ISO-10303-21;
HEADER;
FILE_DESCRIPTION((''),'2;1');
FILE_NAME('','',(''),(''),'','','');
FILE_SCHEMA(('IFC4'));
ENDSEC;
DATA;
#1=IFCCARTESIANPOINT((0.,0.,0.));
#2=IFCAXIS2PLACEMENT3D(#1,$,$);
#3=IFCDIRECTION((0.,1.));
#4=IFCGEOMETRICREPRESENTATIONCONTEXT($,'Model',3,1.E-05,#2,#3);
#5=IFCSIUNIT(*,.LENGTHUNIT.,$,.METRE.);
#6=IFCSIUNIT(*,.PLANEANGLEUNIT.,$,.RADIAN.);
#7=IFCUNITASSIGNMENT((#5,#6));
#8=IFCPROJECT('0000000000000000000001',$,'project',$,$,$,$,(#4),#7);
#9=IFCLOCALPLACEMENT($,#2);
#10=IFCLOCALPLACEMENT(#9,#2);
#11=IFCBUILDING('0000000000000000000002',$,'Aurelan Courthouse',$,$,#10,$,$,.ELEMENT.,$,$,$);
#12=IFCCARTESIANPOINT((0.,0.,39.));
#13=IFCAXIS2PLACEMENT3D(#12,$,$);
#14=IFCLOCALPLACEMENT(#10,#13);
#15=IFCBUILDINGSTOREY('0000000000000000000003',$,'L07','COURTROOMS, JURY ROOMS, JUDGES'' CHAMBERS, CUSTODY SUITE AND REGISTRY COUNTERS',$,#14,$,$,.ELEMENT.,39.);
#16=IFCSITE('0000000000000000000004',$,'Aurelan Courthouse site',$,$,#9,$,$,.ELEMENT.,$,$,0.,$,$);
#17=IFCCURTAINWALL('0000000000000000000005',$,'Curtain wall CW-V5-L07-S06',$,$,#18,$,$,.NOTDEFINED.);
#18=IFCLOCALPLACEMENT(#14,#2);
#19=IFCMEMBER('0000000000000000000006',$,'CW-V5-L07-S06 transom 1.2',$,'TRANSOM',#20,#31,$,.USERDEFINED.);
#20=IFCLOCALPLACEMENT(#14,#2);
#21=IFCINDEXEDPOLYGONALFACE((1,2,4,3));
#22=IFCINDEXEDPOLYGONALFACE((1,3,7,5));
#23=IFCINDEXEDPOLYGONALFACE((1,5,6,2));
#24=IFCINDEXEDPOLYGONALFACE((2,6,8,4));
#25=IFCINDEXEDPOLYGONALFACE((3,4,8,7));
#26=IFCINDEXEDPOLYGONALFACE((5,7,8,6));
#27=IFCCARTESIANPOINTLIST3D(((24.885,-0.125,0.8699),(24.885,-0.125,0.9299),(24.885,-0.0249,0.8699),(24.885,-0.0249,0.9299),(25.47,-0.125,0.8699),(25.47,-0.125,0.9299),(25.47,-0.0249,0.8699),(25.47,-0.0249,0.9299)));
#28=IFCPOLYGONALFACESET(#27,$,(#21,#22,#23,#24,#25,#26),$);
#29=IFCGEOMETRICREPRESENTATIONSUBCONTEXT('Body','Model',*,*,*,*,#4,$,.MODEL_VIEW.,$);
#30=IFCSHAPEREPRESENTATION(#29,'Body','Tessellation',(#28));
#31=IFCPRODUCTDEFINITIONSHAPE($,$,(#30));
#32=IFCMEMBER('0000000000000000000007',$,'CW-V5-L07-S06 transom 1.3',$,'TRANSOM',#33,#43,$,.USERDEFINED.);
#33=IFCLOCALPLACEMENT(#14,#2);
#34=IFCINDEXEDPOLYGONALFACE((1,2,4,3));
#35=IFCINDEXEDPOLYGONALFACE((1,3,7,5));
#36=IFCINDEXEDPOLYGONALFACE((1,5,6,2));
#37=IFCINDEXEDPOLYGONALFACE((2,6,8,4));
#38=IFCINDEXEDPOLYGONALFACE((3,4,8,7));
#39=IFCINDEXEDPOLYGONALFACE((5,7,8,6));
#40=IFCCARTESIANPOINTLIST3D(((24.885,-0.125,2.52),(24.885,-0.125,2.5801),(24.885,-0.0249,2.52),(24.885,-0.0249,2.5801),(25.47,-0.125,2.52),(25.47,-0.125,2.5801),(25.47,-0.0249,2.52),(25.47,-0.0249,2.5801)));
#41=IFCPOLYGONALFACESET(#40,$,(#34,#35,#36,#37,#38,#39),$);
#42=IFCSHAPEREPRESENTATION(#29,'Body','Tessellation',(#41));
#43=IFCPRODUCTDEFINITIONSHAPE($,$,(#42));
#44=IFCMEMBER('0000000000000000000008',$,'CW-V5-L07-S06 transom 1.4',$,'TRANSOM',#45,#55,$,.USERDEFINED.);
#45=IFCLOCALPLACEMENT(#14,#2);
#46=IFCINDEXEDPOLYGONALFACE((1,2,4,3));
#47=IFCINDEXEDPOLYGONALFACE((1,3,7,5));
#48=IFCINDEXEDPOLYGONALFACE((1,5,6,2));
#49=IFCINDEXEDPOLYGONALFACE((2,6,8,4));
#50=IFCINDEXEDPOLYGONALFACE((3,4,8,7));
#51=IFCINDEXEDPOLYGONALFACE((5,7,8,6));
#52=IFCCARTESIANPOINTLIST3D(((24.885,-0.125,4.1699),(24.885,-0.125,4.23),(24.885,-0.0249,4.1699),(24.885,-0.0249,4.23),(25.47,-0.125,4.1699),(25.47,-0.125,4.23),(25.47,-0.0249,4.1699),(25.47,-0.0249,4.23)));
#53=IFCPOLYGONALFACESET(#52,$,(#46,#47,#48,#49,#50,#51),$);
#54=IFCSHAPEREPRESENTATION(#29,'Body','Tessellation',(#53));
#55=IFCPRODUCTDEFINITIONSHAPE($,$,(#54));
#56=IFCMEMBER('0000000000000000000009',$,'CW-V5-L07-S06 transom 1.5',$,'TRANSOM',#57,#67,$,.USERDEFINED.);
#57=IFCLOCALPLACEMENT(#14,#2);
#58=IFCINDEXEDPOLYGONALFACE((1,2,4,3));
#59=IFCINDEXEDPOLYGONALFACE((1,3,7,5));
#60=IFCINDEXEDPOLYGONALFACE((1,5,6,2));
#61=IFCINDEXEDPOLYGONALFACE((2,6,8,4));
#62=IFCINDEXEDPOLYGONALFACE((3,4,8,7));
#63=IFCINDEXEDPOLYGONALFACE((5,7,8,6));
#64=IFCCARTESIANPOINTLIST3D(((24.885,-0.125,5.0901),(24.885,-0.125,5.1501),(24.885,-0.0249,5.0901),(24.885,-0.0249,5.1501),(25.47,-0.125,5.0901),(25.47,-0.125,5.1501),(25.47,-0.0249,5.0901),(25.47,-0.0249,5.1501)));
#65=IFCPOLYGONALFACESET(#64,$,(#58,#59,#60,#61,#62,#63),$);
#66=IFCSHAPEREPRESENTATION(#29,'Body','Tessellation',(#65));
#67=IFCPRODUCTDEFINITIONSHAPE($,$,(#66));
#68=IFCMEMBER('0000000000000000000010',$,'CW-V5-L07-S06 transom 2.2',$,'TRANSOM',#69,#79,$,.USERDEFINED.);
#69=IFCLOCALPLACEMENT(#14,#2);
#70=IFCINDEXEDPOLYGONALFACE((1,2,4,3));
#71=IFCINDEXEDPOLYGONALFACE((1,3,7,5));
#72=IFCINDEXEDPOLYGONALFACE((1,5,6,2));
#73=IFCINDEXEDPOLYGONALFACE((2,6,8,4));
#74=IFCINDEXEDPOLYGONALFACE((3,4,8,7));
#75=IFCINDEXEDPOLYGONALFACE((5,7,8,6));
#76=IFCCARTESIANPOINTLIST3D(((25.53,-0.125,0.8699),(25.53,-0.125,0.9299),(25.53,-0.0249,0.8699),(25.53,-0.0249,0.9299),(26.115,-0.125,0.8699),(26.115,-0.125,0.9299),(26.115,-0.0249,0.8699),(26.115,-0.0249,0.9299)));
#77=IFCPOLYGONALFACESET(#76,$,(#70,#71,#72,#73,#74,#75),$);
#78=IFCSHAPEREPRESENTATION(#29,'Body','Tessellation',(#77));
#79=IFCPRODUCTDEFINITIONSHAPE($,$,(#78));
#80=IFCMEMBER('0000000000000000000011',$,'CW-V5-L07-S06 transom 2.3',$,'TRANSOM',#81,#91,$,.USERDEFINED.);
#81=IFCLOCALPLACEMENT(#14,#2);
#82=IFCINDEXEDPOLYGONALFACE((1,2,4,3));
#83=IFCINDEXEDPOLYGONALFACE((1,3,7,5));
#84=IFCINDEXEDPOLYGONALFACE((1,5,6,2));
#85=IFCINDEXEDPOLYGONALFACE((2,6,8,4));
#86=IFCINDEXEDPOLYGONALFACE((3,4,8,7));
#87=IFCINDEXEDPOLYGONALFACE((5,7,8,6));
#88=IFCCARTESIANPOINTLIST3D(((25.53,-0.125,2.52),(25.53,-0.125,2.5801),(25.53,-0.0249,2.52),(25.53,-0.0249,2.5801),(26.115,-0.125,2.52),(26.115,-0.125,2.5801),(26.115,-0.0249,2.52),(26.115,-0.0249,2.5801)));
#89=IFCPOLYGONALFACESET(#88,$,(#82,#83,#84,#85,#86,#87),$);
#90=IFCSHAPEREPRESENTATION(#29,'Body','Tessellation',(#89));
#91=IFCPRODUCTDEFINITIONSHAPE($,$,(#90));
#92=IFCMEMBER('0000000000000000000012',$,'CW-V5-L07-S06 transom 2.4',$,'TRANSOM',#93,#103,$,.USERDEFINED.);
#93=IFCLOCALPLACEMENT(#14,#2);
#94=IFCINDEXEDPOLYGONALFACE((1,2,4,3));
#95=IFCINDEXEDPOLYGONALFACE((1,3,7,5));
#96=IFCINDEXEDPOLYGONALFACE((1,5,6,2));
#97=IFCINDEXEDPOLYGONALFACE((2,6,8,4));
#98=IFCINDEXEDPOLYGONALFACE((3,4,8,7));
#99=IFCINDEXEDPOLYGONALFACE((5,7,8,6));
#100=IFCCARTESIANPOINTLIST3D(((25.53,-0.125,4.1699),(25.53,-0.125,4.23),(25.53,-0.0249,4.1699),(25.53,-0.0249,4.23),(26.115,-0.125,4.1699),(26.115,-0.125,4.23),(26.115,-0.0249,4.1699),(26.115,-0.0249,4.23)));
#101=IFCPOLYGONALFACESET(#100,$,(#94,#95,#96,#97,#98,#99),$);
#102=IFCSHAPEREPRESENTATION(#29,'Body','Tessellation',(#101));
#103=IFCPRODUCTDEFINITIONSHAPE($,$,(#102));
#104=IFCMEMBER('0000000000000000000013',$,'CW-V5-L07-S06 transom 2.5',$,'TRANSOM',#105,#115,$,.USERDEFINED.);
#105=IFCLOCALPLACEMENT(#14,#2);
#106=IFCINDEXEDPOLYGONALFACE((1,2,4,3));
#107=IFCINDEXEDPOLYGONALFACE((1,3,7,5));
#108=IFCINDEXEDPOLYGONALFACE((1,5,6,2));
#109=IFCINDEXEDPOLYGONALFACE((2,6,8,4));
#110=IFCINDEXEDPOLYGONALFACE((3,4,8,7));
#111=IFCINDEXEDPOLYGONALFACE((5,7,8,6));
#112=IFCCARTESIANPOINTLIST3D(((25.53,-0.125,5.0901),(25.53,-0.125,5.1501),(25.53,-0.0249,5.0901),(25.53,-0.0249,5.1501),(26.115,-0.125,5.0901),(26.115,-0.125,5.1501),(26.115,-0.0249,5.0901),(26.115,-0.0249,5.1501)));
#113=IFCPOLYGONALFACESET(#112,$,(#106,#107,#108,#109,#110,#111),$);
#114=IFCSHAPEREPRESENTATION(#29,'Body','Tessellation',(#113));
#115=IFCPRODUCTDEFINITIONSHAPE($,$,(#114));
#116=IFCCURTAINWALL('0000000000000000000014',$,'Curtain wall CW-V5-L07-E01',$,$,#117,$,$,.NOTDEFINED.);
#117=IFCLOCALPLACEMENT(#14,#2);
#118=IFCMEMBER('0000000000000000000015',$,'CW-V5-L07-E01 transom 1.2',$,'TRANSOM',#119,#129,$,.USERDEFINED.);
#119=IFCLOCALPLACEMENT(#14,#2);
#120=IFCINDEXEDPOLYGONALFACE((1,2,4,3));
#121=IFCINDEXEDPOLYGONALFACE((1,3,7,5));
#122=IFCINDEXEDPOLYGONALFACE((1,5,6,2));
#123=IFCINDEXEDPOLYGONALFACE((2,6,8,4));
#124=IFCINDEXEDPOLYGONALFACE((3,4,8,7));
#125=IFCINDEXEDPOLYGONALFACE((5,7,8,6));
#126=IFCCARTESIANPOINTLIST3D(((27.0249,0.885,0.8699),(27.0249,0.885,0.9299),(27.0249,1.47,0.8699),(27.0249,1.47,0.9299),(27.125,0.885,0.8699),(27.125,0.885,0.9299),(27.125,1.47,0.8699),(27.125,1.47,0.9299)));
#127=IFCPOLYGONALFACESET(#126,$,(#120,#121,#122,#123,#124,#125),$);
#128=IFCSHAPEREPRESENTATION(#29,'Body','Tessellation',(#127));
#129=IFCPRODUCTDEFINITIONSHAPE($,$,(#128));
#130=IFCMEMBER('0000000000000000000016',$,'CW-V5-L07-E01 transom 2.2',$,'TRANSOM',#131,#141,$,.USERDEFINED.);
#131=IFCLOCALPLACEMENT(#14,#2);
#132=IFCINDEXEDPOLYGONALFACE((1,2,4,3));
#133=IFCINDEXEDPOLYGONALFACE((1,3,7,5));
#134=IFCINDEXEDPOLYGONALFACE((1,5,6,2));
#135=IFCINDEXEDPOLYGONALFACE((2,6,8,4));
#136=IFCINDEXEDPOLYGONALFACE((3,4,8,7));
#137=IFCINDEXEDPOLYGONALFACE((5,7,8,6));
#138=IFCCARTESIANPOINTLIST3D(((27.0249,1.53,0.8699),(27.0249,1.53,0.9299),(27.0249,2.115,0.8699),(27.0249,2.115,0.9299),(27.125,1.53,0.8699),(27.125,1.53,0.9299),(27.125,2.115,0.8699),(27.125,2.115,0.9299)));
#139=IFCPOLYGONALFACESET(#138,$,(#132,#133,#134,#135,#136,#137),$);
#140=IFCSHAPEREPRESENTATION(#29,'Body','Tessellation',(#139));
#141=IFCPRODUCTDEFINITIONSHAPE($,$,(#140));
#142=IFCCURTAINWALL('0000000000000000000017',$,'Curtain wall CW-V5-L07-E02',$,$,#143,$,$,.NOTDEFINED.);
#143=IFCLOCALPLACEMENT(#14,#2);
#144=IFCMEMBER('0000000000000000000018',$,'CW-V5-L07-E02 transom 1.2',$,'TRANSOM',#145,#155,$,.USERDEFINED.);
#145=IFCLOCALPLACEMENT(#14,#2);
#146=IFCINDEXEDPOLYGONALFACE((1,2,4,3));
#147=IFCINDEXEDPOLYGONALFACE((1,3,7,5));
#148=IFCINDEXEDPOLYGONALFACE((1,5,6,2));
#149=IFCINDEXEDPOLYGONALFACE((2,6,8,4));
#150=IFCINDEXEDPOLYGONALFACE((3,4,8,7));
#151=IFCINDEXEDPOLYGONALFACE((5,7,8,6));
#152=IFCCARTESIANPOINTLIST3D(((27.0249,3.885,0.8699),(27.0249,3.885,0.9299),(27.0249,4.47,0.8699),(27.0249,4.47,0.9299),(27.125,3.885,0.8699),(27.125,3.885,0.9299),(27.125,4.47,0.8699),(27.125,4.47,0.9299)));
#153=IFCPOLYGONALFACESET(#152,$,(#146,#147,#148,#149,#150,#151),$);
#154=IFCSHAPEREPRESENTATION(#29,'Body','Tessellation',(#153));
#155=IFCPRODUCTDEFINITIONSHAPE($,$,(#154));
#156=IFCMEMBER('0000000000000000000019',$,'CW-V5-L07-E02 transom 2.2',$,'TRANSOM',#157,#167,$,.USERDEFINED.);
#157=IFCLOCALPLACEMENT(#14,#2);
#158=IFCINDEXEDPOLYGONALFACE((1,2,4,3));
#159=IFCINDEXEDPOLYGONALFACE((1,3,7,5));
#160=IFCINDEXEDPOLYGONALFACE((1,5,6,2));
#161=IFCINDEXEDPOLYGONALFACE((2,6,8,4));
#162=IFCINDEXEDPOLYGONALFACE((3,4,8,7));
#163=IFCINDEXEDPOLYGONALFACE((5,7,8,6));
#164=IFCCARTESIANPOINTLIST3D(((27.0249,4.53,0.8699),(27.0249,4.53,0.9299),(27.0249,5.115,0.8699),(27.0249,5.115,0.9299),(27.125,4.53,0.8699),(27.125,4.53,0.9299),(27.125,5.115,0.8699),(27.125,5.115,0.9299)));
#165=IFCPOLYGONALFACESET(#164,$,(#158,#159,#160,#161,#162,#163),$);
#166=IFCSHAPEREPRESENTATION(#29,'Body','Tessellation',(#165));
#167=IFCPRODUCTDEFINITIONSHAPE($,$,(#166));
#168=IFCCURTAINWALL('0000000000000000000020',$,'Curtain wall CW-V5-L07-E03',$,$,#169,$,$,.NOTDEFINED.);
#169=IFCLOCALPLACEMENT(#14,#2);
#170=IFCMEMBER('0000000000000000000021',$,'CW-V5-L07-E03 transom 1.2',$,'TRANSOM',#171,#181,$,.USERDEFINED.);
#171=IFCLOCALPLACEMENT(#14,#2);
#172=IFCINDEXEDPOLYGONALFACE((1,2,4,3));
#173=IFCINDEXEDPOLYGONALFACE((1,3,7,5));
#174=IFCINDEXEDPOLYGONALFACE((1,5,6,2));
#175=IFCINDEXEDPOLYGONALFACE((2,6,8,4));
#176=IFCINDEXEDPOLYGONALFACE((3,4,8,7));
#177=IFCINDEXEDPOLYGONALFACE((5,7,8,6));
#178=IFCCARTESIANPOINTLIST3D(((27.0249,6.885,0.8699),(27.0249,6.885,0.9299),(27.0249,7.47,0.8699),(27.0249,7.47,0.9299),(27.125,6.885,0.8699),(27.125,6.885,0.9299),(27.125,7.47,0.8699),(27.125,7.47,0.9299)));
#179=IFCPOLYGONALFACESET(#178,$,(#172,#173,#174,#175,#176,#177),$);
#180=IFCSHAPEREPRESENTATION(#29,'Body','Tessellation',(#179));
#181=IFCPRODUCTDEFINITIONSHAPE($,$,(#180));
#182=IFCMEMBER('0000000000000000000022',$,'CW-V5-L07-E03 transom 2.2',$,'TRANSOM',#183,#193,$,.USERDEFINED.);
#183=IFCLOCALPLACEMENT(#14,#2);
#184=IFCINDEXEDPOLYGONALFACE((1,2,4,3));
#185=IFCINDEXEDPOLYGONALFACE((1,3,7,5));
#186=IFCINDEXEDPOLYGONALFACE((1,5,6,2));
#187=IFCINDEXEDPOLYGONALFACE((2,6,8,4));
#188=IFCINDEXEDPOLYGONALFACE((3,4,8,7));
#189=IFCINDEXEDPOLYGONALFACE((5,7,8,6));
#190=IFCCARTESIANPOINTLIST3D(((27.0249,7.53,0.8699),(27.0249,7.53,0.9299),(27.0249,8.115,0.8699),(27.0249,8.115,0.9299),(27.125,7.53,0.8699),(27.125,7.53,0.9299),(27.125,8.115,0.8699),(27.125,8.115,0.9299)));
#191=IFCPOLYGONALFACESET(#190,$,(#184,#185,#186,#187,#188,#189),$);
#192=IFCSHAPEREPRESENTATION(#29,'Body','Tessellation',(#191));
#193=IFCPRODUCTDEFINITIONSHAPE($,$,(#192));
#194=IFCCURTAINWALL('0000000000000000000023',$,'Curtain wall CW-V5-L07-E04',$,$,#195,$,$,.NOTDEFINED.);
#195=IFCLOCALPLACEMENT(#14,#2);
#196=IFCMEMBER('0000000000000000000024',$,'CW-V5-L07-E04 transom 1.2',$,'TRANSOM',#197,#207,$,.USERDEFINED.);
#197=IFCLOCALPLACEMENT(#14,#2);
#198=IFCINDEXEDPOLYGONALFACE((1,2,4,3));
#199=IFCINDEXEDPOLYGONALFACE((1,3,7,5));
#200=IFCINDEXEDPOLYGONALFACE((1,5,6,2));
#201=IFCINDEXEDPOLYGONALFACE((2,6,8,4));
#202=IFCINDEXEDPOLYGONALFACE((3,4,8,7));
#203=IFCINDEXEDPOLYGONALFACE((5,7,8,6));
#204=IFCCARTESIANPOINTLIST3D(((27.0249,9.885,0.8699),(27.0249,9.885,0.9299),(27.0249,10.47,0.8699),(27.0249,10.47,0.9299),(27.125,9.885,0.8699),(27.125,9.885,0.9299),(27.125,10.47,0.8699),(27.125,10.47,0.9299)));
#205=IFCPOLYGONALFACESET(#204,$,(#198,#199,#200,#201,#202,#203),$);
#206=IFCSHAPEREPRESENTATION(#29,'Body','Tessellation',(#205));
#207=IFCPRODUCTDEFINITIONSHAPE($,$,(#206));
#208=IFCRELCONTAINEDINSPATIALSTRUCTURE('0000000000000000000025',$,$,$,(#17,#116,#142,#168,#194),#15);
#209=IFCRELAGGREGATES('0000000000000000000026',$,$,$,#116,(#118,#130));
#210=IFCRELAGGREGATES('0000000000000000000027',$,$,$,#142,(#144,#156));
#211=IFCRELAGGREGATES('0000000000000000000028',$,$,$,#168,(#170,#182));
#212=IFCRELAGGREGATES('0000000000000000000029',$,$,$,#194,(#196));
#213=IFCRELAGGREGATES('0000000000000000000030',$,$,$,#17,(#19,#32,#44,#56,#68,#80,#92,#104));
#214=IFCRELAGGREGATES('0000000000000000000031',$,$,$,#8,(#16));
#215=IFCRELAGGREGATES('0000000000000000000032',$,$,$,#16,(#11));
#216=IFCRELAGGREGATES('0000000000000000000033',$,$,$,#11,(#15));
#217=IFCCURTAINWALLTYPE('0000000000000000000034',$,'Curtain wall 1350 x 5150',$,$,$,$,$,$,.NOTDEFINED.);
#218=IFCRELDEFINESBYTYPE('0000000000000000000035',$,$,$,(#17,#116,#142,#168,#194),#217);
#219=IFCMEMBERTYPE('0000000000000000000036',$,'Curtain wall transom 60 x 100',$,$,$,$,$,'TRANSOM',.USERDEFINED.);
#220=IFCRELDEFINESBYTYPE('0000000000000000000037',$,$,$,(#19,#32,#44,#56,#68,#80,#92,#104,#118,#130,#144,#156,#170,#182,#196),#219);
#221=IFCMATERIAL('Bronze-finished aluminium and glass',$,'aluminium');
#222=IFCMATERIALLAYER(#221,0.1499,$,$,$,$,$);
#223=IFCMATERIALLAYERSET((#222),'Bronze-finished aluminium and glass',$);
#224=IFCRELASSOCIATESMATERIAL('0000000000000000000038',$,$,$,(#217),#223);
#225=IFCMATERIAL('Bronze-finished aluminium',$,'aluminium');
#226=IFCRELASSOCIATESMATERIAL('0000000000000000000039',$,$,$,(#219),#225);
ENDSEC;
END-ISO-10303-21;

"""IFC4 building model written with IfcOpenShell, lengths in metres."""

from ifc_helpers import new_model, si_unit, direction, frame, origin, origin_2d, place, context, subcontext, project, spatial, rectangle, extrude, material, layer, layer_set, material_profile, profile_set, type_object, element, aggregate, save


model = new_model("IFC4")

# Units and contexts
model_context = context("Model", 3, precision=1e-05, world=origin(), true_north=direction((0.0, 1.0)))
body_context = subcontext(model_context, "Body", "Model", "MODEL_VIEW")
ifc_project = project(units=[si_unit("LENGTHUNIT", "METRE"), si_unit("PLANEANGLEUNIT", "RADIAN")], contexts=[model_context])

# Site, building, storey
site_placement = place(None, origin())
site = spatial("IfcSite", under=ifc_project, at=site_placement, Name="Aurelan Courthouse site", CompositionType="ELEMENT", RefElevation=0.0)
building_placement = place(site_placement, origin())
building = spatial("IfcBuilding", under=site, at=building_placement, Name="Aurelan Courthouse", CompositionType="ELEMENT")
storey_placement = place(building_placement, frame((0.0, 0.0, 39.0)))
storey = spatial("IfcBuildingStorey", under=building, at=storey_placement, Name="L07", Description="COURTROOMS, JURY ROOMS, JUDGES' CHAMBERS, CUSTODY SUITE AND REGISTRY COUNTERS", CompositionType="ELEMENT", Elevation=39.0)

# Curtain walls, members
ifc_material_1 = material(Name="Bronze-finished aluminium and glass", Category="aluminium")
ifc_layer_1 = layer(ifc_material_1, 0.1499)
ifc_layer_set_1 = layer_set([ifc_layer_1], Name="Bronze-finished aluminium and glass")
curtain_wall_type = type_object("IfcCurtainWallType", Name="Curtain wall 1350 x 5150", PredefinedType="NOTDEFINED", material=ifc_layer_set_1)
curtain_wall_1_placement = place(storey_placement, origin())
curtain_wall_1 = element("IfcCurtainWall", 1, at=curtain_wall_1_placement, inside=storey, type_object=curtain_wall_type, Name="Curtain wall CW-V5-L07-S06", PredefinedType="NOTDEFINED")
ifc_material_2 = material(Name="Bronze-finished aluminium", Category="aluminium")
ifc_material_profile = material_profile(ifc_material_2, rectangle(XDim=0.1001, YDim=0.0601, at=origin_2d()), Name="Bronze transom 60 x 100")
ifc_profile_set = profile_set([ifc_material_profile], Name="Bronze-finished aluminium")
member_type = type_object("IfcMemberType", Name="Curtain wall transom 60 x 100", ElementType="TRANSOM", PredefinedType="USERDEFINED", material=ifc_profile_set)
member_1_placement = place(storey_placement, frame((24.885, -0.075, 0.8999), z_axis=(1.0, 0.0, 0.0), x_axis=(0.0, 1.0, 0.0)))
member_1 = element("IfcMember", 2, at=member_1_placement, type_object=member_type, Name="CW-V5-L07-S06 transom 1.2", ObjectType="TRANSOM", PredefinedType="USERDEFINED", context=body_context, shape_type="SweptSolid", body=[
    extrude(rectangle(XDim=0.1001, YDim=0.0601, at=origin_2d()), origin(), (0.0, 0.0, 1.0), 0.585),
])
member_2_placement = place(storey_placement, frame((24.885, -0.075, 2.55), z_axis=(1.0, 0.0, 0.0), x_axis=(0.0, 1.0, 0.0)))
member_2 = element("IfcMember", 3, at=member_2_placement, type_object=member_type, Name="CW-V5-L07-S06 transom 1.3", ObjectType="TRANSOM", PredefinedType="USERDEFINED", context=body_context, shape_type="SweptSolid", body=[
    extrude(rectangle(XDim=0.1001, YDim=0.0601, at=origin_2d()), origin(), (0.0, 0.0, 1.0), 0.585),
])
member_3_placement = place(storey_placement, frame((24.885, -0.075, 4.2), z_axis=(1.0, 0.0, 0.0), x_axis=(0.0, 1.0, 0.0)))
member_3 = element("IfcMember", 4, at=member_3_placement, type_object=member_type, Name="CW-V5-L07-S06 transom 1.4", ObjectType="TRANSOM", PredefinedType="USERDEFINED", context=body_context, shape_type="SweptSolid", body=[
    extrude(rectangle(XDim=0.1001, YDim=0.0601, at=origin_2d()), origin(), (0.0, 0.0, 1.0), 0.585),
])
member_4_placement = place(storey_placement, frame((24.885, -0.075, 5.1201), z_axis=(1.0, 0.0, 0.0), x_axis=(0.0, 1.0, 0.0)))
member_4 = element("IfcMember", 5, at=member_4_placement, type_object=member_type, Name="CW-V5-L07-S06 transom 1.5", ObjectType="TRANSOM", PredefinedType="USERDEFINED", context=body_context, shape_type="SweptSolid", body=[
    extrude(rectangle(XDim=0.1001, YDim=0.0601, at=origin_2d()), origin(), (0.0, 0.0, 1.0), 0.585),
])
member_5_placement = place(storey_placement, frame((25.53, -0.075, 0.8999), z_axis=(1.0, 0.0, 0.0), x_axis=(0.0, 1.0, 0.0)))
member_5 = element("IfcMember", 6, at=member_5_placement, type_object=member_type, Name="CW-V5-L07-S06 transom 2.2", ObjectType="TRANSOM", PredefinedType="USERDEFINED", context=body_context, shape_type="SweptSolid", body=[
    extrude(rectangle(XDim=0.1001, YDim=0.0601, at=origin_2d()), origin(), (0.0, 0.0, 1.0), 0.585),
])
member_6_placement = place(storey_placement, frame((25.53, -0.075, 2.55), z_axis=(1.0, 0.0, 0.0), x_axis=(0.0, 1.0, 0.0)))
member_6 = element("IfcMember", 7, at=member_6_placement, type_object=member_type, Name="CW-V5-L07-S06 transom 2.3", ObjectType="TRANSOM", PredefinedType="USERDEFINED", context=body_context, shape_type="SweptSolid", body=[
    extrude(rectangle(XDim=0.1001, YDim=0.0601, at=origin_2d()), origin(), (0.0, 0.0, 1.0), 0.585),
])
member_7_placement = place(storey_placement, frame((25.53, -0.075, 4.2), z_axis=(1.0, 0.0, 0.0), x_axis=(0.0, 1.0, 0.0)))
member_7 = element("IfcMember", 8, at=member_7_placement, type_object=member_type, Name="CW-V5-L07-S06 transom 2.4", ObjectType="TRANSOM", PredefinedType="USERDEFINED", context=body_context, shape_type="SweptSolid", body=[
    extrude(rectangle(XDim=0.1001, YDim=0.0601, at=origin_2d()), origin(), (0.0, 0.0, 1.0), 0.585),
])
member_8_placement = place(storey_placement, frame((25.53, -0.075, 5.1201), z_axis=(1.0, 0.0, 0.0), x_axis=(0.0, 1.0, 0.0)))
member_8 = element("IfcMember", 9, at=member_8_placement, type_object=member_type, Name="CW-V5-L07-S06 transom 2.5", ObjectType="TRANSOM", PredefinedType="USERDEFINED", context=body_context, shape_type="SweptSolid", body=[
    extrude(rectangle(XDim=0.1001, YDim=0.0601, at=origin_2d()), origin(), (0.0, 0.0, 1.0), 0.585),
])
curtain_wall_2_placement = place(storey_placement, origin())
curtain_wall_2 = element("IfcCurtainWall", 10, at=curtain_wall_2_placement, inside=storey, type_object=curtain_wall_type, Name="Curtain wall CW-V5-L07-E01", PredefinedType="NOTDEFINED")
member_9_placement = place(storey_placement, frame((27.075, 0.885, 0.8999), z_axis=(0.0, 1.0, 0.0), x_axis=(-1.0, 0.0, 0.0)))
member_9 = element("IfcMember", 11, at=member_9_placement, type_object=member_type, Name="CW-V5-L07-E01 transom 1.2", ObjectType="TRANSOM", PredefinedType="USERDEFINED", context=body_context, shape_type="SweptSolid", body=[
    extrude(rectangle(XDim=0.1001, YDim=0.0601, at=origin_2d()), origin(), (0.0, 0.0, 1.0), 0.585),
])
member_10_placement = place(storey_placement, frame((27.075, 1.53, 0.8999), z_axis=(0.0, 1.0, 0.0), x_axis=(-1.0, 0.0, 0.0)))
member_10 = element("IfcMember", 12, at=member_10_placement, type_object=member_type, Name="CW-V5-L07-E01 transom 2.2", ObjectType="TRANSOM", PredefinedType="USERDEFINED", context=body_context, shape_type="SweptSolid", body=[
    extrude(rectangle(XDim=0.1001, YDim=0.0601, at=origin_2d()), origin(), (0.0, 0.0, 1.0), 0.585),
])
aggregate(curtain_wall_2, [member_9, member_10])
curtain_wall_3_placement = place(storey_placement, origin())
curtain_wall_3 = element("IfcCurtainWall", 13, at=curtain_wall_3_placement, inside=storey, type_object=curtain_wall_type, Name="Curtain wall CW-V5-L07-E02", PredefinedType="NOTDEFINED")
member_11_placement = place(storey_placement, frame((27.075, 3.885, 0.8999), z_axis=(0.0, 1.0, 0.0), x_axis=(-1.0, 0.0, 0.0)))
member_11 = element("IfcMember", 14, at=member_11_placement, type_object=member_type, Name="CW-V5-L07-E02 transom 1.2", ObjectType="TRANSOM", PredefinedType="USERDEFINED", context=body_context, shape_type="SweptSolid", body=[
    extrude(rectangle(XDim=0.1001, YDim=0.0601, at=origin_2d()), origin(), (0.0, 0.0, 1.0), 0.585),
])
member_12_placement = place(storey_placement, frame((27.075, 4.53, 0.8999), z_axis=(0.0, 1.0, 0.0), x_axis=(-1.0, 0.0, 0.0)))
member_12 = element("IfcMember", 15, at=member_12_placement, type_object=member_type, Name="CW-V5-L07-E02 transom 2.2", ObjectType="TRANSOM", PredefinedType="USERDEFINED", context=body_context, shape_type="SweptSolid", body=[
    extrude(rectangle(XDim=0.1001, YDim=0.0601, at=origin_2d()), origin(), (0.0, 0.0, 1.0), 0.585),
])
aggregate(curtain_wall_3, [member_11, member_12])
curtain_wall_4_placement = place(storey_placement, origin())
curtain_wall_4 = element("IfcCurtainWall", 16, at=curtain_wall_4_placement, inside=storey, type_object=curtain_wall_type, Name="Curtain wall CW-V5-L07-E03", PredefinedType="NOTDEFINED")
member_13_placement = place(storey_placement, frame((27.075, 6.885, 0.8999), z_axis=(0.0, 1.0, 0.0), x_axis=(-1.0, 0.0, 0.0)))
member_13 = element("IfcMember", 17, at=member_13_placement, type_object=member_type, Name="CW-V5-L07-E03 transom 1.2", ObjectType="TRANSOM", PredefinedType="USERDEFINED", context=body_context, shape_type="SweptSolid", body=[
    extrude(rectangle(XDim=0.1001, YDim=0.0601, at=origin_2d()), origin(), (0.0, 0.0, 1.0), 0.585),
])
member_14_placement = place(storey_placement, frame((27.075, 7.53, 0.8999), z_axis=(0.0, 1.0, 0.0), x_axis=(-1.0, 0.0, 0.0)))
member_14 = element("IfcMember", 18, at=member_14_placement, type_object=member_type, Name="CW-V5-L07-E03 transom 2.2", ObjectType="TRANSOM", PredefinedType="USERDEFINED", context=body_context, shape_type="SweptSolid", body=[
    extrude(rectangle(XDim=0.1001, YDim=0.0601, at=origin_2d()), origin(), (0.0, 0.0, 1.0), 0.585),
])
aggregate(curtain_wall_4, [member_13, member_14])
curtain_wall_5_placement = place(storey_placement, origin())
curtain_wall_5 = element("IfcCurtainWall", 19, at=curtain_wall_5_placement, inside=storey, type_object=curtain_wall_type, Name="Curtain wall CW-V5-L07-E04", PredefinedType="NOTDEFINED")
member_15_placement = place(storey_placement, frame((27.075, 9.885, 0.8999), z_axis=(0.0, 1.0, 0.0), x_axis=(-1.0, 0.0, 0.0)))
member_15 = element("IfcMember", 20, at=member_15_placement, type_object=member_type, Name="CW-V5-L07-E04 transom 1.2", ObjectType="TRANSOM", PredefinedType="USERDEFINED", context=body_context, shape_type="SweptSolid", body=[
    extrude(rectangle(XDim=0.1001, YDim=0.0601, at=origin_2d()), origin(), (0.0, 0.0, 1.0), 0.585),
])
aggregate(curtain_wall_5, [member_15])

aggregate(curtain_wall_1, [member_1, member_2, member_3, member_4, member_5, member_6, member_7, member_8])

save(model, "model.ifc")
